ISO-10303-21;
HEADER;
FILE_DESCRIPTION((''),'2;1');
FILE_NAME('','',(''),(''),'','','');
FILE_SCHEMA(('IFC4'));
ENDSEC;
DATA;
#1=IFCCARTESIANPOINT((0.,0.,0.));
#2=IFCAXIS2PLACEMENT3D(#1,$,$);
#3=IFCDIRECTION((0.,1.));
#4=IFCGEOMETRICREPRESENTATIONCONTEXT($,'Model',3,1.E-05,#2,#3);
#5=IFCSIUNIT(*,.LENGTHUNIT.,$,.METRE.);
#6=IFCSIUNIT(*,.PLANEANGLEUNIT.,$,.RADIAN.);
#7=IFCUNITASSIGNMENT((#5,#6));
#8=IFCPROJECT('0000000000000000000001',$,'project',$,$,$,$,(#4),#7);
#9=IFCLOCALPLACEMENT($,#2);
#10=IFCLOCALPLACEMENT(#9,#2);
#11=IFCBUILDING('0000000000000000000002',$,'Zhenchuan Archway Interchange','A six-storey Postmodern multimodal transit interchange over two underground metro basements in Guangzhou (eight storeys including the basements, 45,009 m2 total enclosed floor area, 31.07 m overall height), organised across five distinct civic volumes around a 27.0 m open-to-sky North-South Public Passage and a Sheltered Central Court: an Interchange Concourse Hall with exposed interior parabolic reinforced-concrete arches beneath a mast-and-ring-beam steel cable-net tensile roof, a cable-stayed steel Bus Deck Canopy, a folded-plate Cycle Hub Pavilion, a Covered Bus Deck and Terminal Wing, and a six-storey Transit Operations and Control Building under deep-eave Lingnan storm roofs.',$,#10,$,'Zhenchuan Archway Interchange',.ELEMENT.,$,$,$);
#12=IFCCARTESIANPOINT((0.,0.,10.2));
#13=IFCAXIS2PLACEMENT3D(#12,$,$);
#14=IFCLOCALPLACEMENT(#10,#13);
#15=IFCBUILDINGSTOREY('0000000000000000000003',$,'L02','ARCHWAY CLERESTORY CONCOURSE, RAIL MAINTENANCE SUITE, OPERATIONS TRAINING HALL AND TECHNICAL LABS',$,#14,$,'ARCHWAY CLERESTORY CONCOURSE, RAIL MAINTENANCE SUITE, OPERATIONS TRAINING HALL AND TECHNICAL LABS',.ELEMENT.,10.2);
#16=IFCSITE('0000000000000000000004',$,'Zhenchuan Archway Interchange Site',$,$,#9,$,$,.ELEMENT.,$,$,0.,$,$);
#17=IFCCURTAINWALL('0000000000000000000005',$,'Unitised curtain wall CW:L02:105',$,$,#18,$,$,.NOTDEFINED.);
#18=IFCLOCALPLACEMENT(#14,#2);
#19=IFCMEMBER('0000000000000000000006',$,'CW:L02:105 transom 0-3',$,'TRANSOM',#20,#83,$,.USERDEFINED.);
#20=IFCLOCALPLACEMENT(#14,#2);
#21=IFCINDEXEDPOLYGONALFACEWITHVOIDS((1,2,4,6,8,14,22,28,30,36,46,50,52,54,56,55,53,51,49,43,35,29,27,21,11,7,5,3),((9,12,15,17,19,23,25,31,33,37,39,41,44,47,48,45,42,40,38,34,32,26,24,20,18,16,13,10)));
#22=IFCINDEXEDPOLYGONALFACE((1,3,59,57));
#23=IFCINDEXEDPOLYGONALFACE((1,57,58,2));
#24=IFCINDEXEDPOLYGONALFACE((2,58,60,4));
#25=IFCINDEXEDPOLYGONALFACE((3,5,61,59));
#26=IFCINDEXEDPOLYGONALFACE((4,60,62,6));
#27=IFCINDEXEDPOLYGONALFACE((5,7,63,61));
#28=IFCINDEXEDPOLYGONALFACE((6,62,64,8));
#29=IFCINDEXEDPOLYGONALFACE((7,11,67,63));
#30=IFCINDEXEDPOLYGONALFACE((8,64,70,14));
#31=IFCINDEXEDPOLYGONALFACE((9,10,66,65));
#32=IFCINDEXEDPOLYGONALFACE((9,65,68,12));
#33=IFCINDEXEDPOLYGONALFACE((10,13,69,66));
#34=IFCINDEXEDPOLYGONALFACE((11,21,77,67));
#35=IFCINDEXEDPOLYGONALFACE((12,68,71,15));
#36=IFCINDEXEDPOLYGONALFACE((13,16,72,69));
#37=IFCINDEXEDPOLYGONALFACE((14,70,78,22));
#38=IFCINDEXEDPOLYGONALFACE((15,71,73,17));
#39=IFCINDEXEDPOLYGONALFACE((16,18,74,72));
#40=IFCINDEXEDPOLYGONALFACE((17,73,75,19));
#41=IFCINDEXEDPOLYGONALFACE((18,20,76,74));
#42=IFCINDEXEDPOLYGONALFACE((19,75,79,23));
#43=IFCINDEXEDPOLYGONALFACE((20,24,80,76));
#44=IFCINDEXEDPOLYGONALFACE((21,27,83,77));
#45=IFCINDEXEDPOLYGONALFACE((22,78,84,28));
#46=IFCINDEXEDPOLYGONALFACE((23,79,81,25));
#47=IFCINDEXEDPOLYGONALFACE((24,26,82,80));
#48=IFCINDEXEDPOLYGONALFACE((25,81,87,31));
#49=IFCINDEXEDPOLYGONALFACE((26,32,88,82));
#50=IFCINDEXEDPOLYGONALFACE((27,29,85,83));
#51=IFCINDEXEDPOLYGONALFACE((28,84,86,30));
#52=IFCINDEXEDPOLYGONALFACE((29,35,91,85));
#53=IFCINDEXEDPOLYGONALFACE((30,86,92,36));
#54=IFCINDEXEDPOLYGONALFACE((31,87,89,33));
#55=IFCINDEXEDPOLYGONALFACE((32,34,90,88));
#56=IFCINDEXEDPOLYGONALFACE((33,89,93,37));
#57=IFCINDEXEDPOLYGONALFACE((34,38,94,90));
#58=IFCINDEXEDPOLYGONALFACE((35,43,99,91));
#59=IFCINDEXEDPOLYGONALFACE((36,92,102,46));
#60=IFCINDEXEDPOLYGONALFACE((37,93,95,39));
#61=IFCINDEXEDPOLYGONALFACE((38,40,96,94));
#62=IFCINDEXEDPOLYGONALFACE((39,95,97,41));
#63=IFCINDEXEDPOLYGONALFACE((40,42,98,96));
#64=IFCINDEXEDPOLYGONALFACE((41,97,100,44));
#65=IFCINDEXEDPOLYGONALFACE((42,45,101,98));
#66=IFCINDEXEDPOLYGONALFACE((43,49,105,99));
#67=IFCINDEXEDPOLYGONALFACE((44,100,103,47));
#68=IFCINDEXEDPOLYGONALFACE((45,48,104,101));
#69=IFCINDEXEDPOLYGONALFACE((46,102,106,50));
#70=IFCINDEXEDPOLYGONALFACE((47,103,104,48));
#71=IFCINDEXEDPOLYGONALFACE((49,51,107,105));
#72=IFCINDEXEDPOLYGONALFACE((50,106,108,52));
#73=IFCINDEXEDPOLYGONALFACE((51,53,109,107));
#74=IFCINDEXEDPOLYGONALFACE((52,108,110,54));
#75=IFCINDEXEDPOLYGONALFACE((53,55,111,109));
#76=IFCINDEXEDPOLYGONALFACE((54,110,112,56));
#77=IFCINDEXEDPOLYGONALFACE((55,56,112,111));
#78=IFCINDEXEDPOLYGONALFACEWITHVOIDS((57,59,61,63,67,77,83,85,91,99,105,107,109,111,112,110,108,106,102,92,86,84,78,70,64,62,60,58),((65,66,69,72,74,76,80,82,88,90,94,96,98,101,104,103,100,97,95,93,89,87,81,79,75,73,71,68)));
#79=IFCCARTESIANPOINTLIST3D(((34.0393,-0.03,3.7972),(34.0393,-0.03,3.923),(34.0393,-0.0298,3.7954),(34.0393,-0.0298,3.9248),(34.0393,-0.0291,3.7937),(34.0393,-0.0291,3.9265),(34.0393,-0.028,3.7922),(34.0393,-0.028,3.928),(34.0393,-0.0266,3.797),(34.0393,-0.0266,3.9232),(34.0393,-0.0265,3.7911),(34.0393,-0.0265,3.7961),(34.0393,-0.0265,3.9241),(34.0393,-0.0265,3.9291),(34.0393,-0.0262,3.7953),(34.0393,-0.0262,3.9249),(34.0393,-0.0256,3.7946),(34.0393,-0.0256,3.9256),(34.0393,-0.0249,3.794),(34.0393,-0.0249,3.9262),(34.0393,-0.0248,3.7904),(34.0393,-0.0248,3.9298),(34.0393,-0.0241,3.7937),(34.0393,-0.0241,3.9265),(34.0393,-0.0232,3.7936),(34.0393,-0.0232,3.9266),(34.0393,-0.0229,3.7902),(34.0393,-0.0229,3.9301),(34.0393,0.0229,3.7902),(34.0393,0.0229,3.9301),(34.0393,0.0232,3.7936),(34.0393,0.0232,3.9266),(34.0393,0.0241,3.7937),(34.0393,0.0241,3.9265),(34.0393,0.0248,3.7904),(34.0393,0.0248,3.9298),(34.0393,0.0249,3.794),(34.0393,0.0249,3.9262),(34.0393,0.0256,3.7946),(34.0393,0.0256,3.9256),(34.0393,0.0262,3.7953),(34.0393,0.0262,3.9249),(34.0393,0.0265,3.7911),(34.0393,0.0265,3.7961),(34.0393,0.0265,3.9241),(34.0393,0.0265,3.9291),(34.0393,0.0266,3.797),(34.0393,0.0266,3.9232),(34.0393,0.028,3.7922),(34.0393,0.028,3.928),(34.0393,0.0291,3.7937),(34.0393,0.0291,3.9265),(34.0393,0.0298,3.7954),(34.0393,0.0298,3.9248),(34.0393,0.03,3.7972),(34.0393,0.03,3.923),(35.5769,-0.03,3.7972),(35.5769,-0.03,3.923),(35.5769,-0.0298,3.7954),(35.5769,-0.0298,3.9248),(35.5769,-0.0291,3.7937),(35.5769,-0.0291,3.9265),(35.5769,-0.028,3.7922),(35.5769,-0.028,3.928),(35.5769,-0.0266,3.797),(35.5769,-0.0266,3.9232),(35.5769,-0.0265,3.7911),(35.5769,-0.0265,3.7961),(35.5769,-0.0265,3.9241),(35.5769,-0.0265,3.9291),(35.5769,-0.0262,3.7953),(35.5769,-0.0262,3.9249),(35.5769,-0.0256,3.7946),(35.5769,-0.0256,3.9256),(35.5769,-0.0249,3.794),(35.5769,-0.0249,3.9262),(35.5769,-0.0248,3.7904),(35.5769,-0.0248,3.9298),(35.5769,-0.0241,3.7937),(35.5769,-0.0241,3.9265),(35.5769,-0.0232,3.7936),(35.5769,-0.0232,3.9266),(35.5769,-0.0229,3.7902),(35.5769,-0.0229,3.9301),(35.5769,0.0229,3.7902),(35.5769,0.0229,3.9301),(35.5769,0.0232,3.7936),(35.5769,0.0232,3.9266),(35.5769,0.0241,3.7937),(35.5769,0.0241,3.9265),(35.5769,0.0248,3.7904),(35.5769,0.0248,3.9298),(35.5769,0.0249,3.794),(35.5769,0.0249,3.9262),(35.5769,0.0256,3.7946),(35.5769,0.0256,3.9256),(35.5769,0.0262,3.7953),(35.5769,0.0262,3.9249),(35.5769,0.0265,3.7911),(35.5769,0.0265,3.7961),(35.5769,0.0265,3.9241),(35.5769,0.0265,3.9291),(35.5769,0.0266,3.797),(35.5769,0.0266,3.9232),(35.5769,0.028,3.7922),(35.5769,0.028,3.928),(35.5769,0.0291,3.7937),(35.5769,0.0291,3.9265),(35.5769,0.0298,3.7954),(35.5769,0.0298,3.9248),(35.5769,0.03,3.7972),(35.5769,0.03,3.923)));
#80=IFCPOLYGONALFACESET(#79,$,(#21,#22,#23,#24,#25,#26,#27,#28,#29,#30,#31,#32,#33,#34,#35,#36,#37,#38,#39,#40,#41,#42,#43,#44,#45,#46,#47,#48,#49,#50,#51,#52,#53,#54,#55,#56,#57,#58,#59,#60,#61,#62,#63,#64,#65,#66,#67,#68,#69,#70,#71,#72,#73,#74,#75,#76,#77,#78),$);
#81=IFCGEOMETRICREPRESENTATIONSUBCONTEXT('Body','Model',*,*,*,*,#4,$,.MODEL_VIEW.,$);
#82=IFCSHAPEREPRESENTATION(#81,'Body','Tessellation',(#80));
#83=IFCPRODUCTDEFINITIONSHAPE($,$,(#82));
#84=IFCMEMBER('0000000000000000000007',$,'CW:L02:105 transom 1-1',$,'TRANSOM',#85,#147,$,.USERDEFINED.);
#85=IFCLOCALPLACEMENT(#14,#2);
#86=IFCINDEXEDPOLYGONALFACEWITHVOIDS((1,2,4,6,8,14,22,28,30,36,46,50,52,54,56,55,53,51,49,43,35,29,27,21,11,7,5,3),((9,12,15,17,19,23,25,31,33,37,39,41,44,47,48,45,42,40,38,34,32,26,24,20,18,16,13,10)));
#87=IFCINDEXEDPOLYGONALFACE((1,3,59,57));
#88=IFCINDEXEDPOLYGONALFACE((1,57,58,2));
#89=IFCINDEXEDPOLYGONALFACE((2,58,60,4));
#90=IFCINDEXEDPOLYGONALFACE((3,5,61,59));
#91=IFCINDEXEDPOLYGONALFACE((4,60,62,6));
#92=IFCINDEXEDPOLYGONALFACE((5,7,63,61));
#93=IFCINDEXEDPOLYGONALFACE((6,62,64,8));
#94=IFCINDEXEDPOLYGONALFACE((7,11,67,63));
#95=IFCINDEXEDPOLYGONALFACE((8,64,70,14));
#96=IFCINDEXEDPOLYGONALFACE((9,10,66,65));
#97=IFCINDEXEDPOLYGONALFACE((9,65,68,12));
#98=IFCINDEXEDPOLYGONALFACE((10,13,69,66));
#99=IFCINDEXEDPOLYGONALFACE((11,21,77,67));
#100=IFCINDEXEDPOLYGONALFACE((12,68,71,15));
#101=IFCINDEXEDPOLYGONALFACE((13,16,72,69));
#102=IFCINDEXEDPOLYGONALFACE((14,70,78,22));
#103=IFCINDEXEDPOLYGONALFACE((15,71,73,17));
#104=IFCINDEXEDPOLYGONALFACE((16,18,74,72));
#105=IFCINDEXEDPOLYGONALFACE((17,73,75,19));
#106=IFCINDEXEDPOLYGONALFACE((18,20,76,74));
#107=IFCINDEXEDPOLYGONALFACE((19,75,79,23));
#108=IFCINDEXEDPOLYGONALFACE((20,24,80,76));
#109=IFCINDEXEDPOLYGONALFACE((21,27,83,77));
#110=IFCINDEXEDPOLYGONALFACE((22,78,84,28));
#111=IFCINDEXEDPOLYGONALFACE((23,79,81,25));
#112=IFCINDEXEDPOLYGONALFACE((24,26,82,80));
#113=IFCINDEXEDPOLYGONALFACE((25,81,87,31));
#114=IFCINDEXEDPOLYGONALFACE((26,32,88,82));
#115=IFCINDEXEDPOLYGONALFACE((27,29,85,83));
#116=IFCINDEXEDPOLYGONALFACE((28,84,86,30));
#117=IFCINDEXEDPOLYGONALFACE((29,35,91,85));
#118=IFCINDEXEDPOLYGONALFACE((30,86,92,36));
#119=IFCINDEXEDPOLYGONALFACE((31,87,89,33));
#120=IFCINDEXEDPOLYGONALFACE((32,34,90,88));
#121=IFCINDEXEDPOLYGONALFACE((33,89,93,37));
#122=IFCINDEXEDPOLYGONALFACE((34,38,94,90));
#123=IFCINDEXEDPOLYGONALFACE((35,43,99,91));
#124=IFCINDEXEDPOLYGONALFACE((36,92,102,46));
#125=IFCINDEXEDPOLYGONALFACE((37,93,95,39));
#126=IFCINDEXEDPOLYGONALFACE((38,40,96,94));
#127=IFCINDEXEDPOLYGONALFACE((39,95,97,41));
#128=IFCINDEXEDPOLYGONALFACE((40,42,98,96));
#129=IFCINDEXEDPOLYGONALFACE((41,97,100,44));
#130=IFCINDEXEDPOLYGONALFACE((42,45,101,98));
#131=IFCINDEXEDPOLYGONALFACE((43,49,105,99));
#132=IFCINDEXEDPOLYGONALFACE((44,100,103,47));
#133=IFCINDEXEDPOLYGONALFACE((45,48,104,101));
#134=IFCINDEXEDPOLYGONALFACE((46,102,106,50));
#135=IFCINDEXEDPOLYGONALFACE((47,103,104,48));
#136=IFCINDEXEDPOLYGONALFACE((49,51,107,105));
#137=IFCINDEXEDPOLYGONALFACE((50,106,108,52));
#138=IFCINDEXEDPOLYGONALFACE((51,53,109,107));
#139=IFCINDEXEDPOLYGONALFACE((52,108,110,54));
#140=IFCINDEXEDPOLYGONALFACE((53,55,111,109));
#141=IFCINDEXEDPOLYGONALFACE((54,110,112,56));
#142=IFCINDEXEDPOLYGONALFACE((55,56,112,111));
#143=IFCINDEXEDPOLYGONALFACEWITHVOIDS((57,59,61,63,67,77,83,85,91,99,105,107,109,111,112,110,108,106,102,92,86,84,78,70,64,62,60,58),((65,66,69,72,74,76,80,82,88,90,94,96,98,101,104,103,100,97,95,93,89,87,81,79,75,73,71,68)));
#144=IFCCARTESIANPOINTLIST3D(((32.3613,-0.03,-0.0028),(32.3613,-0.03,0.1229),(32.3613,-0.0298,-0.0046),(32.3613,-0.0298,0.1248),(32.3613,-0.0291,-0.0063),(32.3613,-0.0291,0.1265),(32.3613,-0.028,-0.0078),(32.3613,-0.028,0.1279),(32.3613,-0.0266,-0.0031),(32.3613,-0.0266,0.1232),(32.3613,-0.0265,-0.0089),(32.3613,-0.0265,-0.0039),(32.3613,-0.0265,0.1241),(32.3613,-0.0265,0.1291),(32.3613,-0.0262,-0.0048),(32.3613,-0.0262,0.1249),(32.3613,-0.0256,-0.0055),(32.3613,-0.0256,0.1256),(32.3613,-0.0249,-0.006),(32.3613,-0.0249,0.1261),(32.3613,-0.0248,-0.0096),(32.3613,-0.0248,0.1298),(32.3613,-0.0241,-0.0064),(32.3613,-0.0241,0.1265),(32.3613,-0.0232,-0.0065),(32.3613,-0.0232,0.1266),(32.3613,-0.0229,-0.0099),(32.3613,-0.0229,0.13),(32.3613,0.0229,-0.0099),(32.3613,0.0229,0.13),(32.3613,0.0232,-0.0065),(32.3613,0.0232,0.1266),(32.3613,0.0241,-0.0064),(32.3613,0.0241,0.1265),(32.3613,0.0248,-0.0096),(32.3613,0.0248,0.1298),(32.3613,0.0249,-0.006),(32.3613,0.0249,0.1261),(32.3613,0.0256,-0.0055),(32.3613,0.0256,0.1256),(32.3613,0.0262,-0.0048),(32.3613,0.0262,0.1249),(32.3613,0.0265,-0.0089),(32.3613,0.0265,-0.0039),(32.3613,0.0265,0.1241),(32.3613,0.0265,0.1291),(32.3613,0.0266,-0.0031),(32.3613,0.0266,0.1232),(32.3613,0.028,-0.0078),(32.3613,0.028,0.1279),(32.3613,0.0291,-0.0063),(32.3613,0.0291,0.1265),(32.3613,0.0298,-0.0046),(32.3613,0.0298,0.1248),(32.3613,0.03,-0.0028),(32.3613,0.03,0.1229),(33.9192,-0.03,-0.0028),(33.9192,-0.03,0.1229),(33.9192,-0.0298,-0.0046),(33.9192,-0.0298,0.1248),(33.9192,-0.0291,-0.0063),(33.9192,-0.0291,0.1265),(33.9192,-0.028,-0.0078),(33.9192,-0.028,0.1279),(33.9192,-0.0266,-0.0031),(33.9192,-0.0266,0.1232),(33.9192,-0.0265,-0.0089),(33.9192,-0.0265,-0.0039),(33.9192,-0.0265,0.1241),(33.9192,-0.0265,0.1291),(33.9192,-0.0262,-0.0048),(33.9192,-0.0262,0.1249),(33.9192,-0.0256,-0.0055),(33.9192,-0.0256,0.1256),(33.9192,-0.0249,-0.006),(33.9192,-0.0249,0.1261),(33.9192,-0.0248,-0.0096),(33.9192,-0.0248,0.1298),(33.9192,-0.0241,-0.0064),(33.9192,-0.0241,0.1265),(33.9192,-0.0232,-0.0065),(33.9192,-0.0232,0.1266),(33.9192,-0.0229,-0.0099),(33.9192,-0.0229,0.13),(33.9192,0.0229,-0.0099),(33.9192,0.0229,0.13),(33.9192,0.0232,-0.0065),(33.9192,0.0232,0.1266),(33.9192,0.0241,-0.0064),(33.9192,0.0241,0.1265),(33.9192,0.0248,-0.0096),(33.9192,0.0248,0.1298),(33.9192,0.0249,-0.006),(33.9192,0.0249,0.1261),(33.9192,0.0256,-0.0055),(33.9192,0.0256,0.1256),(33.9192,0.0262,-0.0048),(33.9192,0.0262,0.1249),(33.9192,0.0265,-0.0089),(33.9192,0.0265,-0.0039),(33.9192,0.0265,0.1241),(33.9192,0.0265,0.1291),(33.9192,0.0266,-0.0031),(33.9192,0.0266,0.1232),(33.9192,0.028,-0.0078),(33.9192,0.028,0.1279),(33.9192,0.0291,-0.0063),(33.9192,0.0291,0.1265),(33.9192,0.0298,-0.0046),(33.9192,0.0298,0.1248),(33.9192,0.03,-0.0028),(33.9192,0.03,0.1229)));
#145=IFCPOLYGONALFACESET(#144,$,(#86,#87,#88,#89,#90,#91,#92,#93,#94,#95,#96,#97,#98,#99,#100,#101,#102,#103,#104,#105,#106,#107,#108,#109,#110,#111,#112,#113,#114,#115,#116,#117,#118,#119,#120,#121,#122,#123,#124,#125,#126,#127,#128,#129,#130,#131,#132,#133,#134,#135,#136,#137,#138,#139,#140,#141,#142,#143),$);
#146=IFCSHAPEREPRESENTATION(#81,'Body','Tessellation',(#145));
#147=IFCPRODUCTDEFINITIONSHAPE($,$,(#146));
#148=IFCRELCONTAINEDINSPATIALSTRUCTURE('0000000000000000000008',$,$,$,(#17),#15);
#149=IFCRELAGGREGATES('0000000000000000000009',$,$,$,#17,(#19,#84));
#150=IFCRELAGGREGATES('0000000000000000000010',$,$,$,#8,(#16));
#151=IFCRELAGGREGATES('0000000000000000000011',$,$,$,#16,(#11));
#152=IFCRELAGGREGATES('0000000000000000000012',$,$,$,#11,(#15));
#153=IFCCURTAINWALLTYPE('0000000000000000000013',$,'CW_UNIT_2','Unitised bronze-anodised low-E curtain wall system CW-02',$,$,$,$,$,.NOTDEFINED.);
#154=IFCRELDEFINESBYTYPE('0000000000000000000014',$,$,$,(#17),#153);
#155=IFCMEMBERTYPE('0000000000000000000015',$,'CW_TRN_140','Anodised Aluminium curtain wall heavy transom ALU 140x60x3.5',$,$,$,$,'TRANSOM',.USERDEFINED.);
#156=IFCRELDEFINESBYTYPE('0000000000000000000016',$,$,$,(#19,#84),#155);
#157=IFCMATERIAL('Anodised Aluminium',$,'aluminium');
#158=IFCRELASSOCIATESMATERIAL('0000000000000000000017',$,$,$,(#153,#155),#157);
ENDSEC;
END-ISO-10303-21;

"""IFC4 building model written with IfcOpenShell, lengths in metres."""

from ifc_helpers import new_model, si_unit, direction, frame, origin, origin_2d, place, context, subcontext, project, spatial, hollow_rectangle, extrude, material, material_profile, profile_set, type_object, element, aggregate, save


model = new_model("IFC4")

# Units and contexts
model_context = context("Model", 3, precision=1e-05, world=origin(), true_north=direction((0.0, 1.0)))
body_context = subcontext(model_context, "Body", "Model", "MODEL_VIEW")
ifc_project = project(units=[si_unit("LENGTHUNIT", "METRE"), si_unit("PLANEANGLEUNIT", "RADIAN")], contexts=[model_context])

# Site, building, storey
site_placement = place(None, origin())
site = spatial("IfcSite", under=ifc_project, at=site_placement, Name="Zhenchuan Archway Interchange Site", CompositionType="ELEMENT", RefElevation=0.0)
building_placement = place(site_placement, origin())
building = spatial("IfcBuilding", under=site, at=building_placement, Name="Zhenchuan Archway Interchange", Description="A six-storey Postmodern multimodal transit interchange over two underground metro basements in Guangzhou (eight storeys including the basements, 45,009 m2 total enclosed floor area, 31.07 m overall height), organised across five distinct civic volumes around a 27.0 m open-to-sky North-South Public Passage and a Sheltered Central Court: an Interchange Concourse Hall with exposed interior parabolic reinforced-concrete arches beneath a mast-and-ring-beam steel cable-net tensile roof, a cable-stayed steel Bus Deck Canopy, a folded-plate Cycle Hub Pavilion, a Covered Bus Deck and Terminal Wing, and a six-storey Transit Operations and Control Building under deep-eave Lingnan storm roofs.", LongName="Zhenchuan Archway Interchange", CompositionType="ELEMENT")
storey_placement = place(building_placement, frame((0.0, 0.0, 10.2)))
storey = spatial("IfcBuildingStorey", under=building, at=storey_placement, Name="L02", Description="ARCHWAY CLERESTORY CONCOURSE, RAIL MAINTENANCE SUITE, OPERATIONS TRAINING HALL AND TECHNICAL LABS", LongName="ARCHWAY CLERESTORY CONCOURSE, RAIL MAINTENANCE SUITE, OPERATIONS TRAINING HALL AND TECHNICAL LABS", CompositionType="ELEMENT", Elevation=10.2)

# Curtain wall
ifc_material_1 = material(Name="Anodised Aluminium", Category="aluminium")
curtain_wall_type_1 = type_object("IfcCurtainWallType", Name="CW_UNIT_2", Description="Unitised bronze-anodised low-E curtain wall system CW-02", PredefinedType="NOTDEFINED", material=ifc_material_1)
curtain_wall_1_placement = place(storey_placement, origin())
curtain_wall_1 = element("IfcCurtainWall", 1, at=curtain_wall_1_placement, inside=storey, type_object=curtain_wall_type_1, Name="Unitised curtain wall CW:L02:105", PredefinedType="NOTDEFINED")

# Members
ifc_material_profile_1 = material_profile(ifc_material_1, hollow_rectangle(XDim=0.0601, YDim=0.1399, WallThickness=0.0034, InnerFilletRadius=0.0034, OuterFilletRadius=0.0071, at=origin_2d()), Name="ALU 140x60x3.5")
ifc_profile_set_1 = profile_set([ifc_material_profile_1], Name="Anodised Aluminium")
member_type_1 = type_object("IfcMemberType", Name="CW_TRN_140", Description="Anodised Aluminium curtain wall heavy transom ALU 140x60x3.5", ElementType="TRANSOM", PredefinedType="USERDEFINED", material=ifc_profile_set_1)
member_1_placement = place(storey_placement, frame((35.5769, 0.0, 3.8601), z_axis=(-1.0, 0.0, 0.0), x_axis=(0.0, -1.0, 0.0)))
member_1 = element("IfcMember", 2, at=member_1_placement, type_object=member_type_1, Name="CW:L02:105 transom 0-3", ObjectType="TRANSOM", PredefinedType="USERDEFINED", context=body_context, shape_type="SweptSolid", body=[
    extrude(hollow_rectangle(XDim=0.0601, YDim=0.1399, WallThickness=0.0034, InnerFilletRadius=0.0034, OuterFilletRadius=0.0071, at=origin_2d()), origin(), (0.0, 0.0, 1.0), 1.5376),
])
member_2_placement = place(storey_placement, frame((33.9192, 0.0, 0.0601), z_axis=(-1.0, 0.0, 0.0), x_axis=(0.0, -1.0, 0.0)))
member_2 = element("IfcMember", 3, at=member_2_placement, type_object=member_type_1, Name="CW:L02:105 transom 1-1", ObjectType="TRANSOM", PredefinedType="USERDEFINED", context=body_context, shape_type="SweptSolid", body=[
    extrude(hollow_rectangle(XDim=0.0601, YDim=0.1399, WallThickness=0.0034, InnerFilletRadius=0.0034, OuterFilletRadius=0.0071, at=origin_2d()), origin(), (0.0, 0.0, 1.0), 1.5579),
])

aggregate(curtain_wall_1, [member_1, member_2])

save(model, "model.ifc")
